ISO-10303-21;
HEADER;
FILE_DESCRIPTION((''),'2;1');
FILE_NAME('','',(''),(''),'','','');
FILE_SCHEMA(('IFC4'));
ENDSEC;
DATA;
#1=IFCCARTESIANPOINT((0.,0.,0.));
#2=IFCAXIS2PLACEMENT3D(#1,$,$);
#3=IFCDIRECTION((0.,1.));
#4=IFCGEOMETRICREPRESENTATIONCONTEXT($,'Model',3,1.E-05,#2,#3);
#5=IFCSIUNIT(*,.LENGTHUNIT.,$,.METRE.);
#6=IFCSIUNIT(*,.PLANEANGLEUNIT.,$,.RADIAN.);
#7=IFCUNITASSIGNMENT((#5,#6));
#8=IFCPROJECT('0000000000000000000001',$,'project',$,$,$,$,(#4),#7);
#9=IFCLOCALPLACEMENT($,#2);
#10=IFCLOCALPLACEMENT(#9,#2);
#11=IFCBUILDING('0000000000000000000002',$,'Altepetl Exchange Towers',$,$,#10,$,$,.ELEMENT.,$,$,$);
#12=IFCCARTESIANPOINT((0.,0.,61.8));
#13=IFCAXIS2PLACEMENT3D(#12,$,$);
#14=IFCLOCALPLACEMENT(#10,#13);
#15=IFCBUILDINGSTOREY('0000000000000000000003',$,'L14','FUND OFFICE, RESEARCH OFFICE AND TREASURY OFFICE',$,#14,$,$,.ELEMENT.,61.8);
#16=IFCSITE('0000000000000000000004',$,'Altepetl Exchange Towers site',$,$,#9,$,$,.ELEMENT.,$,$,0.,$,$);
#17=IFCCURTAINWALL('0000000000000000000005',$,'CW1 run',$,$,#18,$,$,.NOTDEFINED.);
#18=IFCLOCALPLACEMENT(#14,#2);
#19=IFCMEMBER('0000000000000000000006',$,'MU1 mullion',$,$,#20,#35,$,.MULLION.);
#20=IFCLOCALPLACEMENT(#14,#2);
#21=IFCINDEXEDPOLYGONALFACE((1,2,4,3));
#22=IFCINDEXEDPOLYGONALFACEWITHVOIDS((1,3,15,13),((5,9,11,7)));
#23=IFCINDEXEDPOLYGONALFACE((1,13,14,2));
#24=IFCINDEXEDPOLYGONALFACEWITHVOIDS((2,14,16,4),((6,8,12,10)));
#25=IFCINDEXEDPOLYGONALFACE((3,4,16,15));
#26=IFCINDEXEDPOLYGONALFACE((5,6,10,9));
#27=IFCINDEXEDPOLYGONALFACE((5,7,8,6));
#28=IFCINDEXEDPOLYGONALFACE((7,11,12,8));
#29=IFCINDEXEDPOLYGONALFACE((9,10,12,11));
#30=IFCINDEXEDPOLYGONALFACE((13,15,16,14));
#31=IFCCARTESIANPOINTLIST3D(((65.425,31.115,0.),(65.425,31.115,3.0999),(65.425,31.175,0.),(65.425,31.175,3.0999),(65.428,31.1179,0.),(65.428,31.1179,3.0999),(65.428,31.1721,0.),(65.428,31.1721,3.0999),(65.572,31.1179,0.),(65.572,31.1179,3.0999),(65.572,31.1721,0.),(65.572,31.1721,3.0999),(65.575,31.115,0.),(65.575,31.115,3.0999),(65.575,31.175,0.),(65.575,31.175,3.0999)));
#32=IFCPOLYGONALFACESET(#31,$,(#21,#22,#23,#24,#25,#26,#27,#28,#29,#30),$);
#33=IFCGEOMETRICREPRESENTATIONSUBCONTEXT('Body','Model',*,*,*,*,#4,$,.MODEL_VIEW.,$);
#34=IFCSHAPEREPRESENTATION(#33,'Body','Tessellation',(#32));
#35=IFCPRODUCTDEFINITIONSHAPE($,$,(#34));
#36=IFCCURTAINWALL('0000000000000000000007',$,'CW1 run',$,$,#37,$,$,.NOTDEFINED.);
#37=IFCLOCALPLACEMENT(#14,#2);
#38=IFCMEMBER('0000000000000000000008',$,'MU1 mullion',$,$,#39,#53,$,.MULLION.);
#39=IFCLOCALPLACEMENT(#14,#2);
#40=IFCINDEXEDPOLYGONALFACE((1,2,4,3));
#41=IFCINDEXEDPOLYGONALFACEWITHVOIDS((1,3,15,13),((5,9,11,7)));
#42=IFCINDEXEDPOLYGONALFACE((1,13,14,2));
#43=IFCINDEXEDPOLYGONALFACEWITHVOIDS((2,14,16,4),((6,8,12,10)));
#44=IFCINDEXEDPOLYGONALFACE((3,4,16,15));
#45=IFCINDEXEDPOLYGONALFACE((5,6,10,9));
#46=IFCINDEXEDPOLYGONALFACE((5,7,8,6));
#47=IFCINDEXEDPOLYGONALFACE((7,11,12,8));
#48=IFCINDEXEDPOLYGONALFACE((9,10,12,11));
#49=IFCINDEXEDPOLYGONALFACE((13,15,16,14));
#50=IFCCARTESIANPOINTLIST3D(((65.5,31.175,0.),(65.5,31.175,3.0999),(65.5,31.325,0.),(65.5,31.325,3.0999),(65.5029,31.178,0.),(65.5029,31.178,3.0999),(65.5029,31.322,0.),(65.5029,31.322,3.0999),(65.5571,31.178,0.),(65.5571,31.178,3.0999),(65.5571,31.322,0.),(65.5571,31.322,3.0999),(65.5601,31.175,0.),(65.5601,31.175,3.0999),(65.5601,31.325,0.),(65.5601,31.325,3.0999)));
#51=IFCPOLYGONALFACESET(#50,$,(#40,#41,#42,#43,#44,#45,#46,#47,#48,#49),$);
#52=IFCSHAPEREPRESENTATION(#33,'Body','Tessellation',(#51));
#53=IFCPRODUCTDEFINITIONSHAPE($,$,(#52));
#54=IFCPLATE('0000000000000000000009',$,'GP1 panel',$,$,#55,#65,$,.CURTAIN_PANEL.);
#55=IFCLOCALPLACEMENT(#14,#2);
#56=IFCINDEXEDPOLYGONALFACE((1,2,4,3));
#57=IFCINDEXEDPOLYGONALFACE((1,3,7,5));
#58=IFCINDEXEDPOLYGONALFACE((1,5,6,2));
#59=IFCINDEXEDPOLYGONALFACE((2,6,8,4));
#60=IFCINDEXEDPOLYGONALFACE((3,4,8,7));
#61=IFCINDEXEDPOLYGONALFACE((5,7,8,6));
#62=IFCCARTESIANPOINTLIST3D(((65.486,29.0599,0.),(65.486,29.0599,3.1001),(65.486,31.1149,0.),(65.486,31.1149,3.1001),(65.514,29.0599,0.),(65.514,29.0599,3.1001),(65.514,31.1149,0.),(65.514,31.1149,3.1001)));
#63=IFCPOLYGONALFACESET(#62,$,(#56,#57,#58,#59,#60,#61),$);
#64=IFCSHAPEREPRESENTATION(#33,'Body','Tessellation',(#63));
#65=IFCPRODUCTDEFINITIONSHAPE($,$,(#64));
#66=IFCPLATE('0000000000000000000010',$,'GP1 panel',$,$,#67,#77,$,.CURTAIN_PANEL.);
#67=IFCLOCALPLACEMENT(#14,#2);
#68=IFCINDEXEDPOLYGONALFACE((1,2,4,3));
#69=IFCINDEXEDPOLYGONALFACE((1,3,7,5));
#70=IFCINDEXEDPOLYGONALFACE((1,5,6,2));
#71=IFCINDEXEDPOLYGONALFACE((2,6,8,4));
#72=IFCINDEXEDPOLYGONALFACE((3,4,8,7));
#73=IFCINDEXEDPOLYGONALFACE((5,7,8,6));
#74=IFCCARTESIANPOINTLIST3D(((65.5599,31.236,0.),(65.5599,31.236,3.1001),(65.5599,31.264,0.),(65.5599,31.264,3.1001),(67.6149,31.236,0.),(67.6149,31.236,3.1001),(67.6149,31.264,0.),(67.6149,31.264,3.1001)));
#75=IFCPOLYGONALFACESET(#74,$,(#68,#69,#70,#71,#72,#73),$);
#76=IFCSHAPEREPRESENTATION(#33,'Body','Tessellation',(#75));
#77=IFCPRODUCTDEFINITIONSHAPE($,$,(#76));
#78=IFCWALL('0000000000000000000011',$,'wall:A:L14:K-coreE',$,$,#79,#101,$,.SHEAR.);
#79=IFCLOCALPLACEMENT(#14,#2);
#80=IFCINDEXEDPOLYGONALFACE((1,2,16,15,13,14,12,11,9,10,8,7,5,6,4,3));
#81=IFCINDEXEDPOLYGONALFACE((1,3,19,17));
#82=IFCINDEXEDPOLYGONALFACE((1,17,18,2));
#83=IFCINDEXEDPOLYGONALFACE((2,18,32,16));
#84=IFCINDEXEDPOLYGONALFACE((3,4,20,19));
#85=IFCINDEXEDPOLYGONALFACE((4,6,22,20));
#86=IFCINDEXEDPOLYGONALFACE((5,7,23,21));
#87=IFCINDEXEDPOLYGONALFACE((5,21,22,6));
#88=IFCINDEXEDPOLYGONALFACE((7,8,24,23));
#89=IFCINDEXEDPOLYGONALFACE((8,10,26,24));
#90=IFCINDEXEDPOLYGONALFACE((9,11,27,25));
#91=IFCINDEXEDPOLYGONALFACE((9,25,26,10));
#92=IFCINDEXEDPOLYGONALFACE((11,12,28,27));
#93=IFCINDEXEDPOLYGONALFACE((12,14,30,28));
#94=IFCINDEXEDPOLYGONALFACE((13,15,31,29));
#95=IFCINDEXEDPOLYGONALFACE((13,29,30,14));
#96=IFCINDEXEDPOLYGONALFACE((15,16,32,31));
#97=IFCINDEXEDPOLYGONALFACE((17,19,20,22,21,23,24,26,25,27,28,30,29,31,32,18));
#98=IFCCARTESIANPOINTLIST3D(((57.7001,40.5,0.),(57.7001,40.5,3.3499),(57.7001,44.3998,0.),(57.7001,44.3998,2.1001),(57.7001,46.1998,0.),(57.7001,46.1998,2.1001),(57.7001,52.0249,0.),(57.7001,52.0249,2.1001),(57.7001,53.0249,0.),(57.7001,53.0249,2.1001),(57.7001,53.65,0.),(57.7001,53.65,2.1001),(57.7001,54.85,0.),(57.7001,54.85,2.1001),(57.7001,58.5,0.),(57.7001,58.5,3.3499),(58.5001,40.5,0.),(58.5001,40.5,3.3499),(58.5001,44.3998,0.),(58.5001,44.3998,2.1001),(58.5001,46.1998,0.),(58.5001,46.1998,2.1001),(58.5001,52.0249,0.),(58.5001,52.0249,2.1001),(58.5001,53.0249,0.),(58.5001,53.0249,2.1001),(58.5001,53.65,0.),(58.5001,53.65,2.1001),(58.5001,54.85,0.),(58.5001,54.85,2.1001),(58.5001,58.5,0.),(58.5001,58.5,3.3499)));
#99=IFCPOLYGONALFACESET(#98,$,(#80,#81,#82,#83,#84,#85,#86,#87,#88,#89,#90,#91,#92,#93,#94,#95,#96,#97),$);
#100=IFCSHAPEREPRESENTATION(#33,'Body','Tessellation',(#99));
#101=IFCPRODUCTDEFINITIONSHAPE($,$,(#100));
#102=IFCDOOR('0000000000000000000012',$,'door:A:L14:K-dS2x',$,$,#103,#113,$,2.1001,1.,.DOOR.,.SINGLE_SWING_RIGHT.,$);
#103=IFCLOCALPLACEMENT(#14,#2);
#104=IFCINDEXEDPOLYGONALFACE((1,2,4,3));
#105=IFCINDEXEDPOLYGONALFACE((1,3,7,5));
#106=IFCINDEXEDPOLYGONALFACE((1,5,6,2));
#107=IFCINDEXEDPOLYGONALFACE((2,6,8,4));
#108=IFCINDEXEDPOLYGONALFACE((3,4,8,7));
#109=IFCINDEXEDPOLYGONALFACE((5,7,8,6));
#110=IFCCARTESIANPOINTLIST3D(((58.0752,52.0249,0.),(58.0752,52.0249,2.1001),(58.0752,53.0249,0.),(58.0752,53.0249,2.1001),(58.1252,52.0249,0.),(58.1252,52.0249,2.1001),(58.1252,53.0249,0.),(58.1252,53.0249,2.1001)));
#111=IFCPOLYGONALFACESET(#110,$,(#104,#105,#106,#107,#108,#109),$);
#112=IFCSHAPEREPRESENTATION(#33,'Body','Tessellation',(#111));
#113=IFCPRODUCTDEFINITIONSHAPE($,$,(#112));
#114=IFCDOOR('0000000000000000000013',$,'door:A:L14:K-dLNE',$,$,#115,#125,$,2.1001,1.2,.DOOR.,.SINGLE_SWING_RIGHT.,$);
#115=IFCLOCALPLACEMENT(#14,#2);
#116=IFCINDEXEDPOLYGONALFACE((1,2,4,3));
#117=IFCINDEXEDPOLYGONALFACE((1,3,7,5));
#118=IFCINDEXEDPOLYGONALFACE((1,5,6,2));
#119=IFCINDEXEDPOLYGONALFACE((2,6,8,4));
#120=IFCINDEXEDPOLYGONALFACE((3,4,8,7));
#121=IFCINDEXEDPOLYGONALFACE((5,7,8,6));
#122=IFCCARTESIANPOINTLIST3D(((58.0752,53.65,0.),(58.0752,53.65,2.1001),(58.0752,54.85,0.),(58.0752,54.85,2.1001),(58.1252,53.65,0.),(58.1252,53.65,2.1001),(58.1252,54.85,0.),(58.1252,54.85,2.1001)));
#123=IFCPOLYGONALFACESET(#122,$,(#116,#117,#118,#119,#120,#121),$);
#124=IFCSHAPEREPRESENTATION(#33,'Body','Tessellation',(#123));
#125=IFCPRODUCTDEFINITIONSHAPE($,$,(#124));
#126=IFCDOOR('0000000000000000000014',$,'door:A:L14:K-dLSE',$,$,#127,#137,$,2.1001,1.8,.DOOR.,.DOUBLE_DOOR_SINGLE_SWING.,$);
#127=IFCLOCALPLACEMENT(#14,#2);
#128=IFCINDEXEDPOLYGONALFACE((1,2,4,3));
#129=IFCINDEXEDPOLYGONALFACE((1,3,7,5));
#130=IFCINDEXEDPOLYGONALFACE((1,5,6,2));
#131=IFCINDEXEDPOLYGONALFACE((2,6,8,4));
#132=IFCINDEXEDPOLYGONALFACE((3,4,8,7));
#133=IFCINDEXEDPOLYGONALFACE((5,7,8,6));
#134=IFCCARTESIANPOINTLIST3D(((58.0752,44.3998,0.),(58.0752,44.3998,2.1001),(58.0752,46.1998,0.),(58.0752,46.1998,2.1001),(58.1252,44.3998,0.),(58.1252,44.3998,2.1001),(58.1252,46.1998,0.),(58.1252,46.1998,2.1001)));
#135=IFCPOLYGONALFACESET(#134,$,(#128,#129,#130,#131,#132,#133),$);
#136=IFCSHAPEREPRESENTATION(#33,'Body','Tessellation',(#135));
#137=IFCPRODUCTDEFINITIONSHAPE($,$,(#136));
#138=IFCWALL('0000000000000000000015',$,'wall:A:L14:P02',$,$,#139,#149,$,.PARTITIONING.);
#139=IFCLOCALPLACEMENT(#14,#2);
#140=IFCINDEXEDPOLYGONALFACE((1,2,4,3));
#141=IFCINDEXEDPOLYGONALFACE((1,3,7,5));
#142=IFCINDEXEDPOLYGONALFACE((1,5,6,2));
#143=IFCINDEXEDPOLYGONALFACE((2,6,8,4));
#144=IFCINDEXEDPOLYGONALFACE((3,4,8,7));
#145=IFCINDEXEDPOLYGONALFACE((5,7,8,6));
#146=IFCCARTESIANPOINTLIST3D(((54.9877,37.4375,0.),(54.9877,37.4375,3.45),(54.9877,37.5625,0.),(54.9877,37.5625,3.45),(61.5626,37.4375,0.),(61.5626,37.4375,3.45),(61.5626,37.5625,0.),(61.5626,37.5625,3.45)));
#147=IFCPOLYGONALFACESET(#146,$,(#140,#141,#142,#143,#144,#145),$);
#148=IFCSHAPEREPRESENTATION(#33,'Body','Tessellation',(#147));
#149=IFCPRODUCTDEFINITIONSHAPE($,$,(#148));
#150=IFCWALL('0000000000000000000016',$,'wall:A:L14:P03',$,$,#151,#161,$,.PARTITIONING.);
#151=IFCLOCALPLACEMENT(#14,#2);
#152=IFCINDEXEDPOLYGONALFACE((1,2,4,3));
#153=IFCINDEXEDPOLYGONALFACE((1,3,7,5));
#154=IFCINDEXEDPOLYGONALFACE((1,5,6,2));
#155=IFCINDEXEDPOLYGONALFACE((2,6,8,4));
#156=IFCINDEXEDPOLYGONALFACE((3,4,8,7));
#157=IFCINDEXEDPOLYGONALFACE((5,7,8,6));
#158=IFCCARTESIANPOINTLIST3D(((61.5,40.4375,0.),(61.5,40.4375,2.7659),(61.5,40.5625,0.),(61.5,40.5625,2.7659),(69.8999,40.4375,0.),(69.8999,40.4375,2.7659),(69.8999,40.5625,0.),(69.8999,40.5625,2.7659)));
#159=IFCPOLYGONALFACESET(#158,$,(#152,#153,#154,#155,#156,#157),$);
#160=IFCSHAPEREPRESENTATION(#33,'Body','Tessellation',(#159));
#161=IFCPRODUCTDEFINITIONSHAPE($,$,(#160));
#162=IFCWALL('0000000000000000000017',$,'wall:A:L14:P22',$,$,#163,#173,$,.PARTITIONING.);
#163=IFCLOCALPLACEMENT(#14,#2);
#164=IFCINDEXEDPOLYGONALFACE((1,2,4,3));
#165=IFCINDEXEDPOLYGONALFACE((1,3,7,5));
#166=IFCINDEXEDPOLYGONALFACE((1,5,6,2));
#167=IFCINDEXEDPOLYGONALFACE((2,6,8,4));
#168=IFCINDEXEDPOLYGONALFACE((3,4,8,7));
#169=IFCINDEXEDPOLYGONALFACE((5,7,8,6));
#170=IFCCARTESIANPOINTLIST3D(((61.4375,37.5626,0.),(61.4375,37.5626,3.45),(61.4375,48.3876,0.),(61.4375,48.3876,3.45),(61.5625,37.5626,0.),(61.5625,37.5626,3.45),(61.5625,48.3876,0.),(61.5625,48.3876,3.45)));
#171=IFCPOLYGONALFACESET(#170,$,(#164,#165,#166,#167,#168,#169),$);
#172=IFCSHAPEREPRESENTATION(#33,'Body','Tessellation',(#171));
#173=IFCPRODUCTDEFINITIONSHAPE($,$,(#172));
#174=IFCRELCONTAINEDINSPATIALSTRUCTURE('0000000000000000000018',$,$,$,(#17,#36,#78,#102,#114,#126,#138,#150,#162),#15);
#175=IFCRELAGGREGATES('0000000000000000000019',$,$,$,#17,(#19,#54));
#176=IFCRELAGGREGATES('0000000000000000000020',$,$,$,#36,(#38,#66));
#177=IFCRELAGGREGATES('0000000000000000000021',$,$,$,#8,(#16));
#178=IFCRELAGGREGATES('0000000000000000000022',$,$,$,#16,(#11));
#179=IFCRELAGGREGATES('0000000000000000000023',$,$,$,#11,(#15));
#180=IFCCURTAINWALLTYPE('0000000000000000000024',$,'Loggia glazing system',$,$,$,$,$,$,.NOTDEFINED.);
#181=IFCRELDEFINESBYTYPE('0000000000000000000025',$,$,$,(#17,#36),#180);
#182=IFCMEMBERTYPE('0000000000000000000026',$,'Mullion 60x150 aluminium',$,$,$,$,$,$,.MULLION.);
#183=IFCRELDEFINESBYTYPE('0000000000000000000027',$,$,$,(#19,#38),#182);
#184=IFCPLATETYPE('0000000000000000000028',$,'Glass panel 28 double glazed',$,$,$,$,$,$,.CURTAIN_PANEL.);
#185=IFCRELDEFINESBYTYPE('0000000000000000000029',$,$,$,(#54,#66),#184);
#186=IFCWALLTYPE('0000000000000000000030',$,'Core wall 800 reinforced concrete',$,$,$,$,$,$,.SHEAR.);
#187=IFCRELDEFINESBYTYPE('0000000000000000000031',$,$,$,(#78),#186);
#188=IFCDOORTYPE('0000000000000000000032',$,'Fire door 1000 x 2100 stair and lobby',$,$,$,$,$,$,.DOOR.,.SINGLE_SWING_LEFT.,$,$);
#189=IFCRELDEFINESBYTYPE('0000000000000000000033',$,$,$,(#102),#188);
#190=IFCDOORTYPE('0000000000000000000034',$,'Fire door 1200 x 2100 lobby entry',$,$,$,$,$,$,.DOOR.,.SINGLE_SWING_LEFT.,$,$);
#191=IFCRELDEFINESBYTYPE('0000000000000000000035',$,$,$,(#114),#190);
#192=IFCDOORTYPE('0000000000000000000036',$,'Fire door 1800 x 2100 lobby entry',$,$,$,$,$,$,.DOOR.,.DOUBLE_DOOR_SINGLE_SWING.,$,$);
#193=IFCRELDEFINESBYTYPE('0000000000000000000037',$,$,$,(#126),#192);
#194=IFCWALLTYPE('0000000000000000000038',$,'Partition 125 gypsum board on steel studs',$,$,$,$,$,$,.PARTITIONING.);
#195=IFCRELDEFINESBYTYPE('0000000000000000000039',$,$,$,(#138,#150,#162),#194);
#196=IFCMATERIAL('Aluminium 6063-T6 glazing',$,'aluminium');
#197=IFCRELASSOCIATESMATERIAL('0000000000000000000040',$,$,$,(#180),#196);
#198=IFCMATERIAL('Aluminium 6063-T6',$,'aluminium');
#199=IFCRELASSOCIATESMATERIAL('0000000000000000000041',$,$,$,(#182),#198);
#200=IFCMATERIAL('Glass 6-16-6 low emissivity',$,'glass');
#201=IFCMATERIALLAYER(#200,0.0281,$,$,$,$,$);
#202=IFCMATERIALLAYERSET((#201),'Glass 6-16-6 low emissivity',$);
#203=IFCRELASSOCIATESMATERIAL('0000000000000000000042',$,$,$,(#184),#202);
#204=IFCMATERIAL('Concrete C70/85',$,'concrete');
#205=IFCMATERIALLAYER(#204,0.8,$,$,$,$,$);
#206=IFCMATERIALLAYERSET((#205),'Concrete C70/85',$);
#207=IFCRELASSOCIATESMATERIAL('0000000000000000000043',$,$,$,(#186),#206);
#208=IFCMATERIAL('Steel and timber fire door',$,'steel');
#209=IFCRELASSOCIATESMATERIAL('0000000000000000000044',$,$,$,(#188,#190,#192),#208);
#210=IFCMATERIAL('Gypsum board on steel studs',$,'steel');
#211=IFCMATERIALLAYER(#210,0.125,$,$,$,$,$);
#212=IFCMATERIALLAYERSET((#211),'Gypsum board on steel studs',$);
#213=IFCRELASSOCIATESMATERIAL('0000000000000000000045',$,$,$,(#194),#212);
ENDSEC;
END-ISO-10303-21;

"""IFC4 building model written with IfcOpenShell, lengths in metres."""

from ifc_helpers import new_model, si_unit, direction, frame, frame_2d, origin, origin_2d, place, context, subcontext, project, spatial, rectangle, hollow_rectangle, extrude, material, layer, layer_set, material_profile, profile_set, type_object, element, fill, aggregate, save


model = new_model("IFC4")

# Units and contexts
model_context = context("Model", 3, precision=1e-05, world=origin(), true_north=direction((0.0, 1.0)))
body_context = subcontext(model_context, "Body", "Model", "MODEL_VIEW")
ifc_project = project(units=[si_unit("LENGTHUNIT", "METRE"), si_unit("PLANEANGLEUNIT", "RADIAN")], contexts=[model_context])

# Site, building, storey
site_placement = place(None, origin())
site = spatial("IfcSite", under=ifc_project, at=site_placement, Name="Altepetl Exchange Towers site", CompositionType="ELEMENT", RefElevation=0.0)
building_placement = place(site_placement, origin())
building = spatial("IfcBuilding", under=site, at=building_placement, Name="Altepetl Exchange Towers", CompositionType="ELEMENT")
storey_placement = place(building_placement, frame((0.0, 0.0, 61.8)))
storey = spatial("IfcBuildingStorey", under=building, at=storey_placement, Name="L14", Description="FUND OFFICE, RESEARCH OFFICE AND TREASURY OFFICE", CompositionType="ELEMENT", Elevation=61.8)

# Shared definitions
ifc_material_1 = material(Name="Concrete C70/85", Category="concrete")

# Curtain walls, members
ifc_material_2 = material(Name="Aluminium 6063-T6 glazing", Category="aluminium")
curtain_wall_type = type_object("IfcCurtainWallType", Name="Loggia glazing system", PredefinedType="NOTDEFINED", material=ifc_material_2)
curtain_wall_1_placement = place(storey_placement, origin())
curtain_wall_1 = element("IfcCurtainWall", 1, at=curtain_wall_1_placement, inside=storey, type_object=curtain_wall_type, Name="CW1 run", PredefinedType="NOTDEFINED")
ifc_material_3 = material(Name="Aluminium 6063-T6", Category="aluminium")
ifc_material_profile_1 = material_profile(ifc_material_3, hollow_rectangle(XDim=0.0601, YDim=0.1499, WallThickness=0.0029, at=origin_2d()), Name="Mullion 60x150 aluminium")
ifc_profile_set_1 = profile_set([ifc_material_profile_1], Name="Aluminium 6063-T6")
member_type = type_object("IfcMemberType", Name="Mullion 60x150 aluminium", PredefinedType="MULLION", material=ifc_profile_set_1)
member_1_placement = place(storey_placement, frame((65.5, 31.145, 0.0), z_axis=(0.0, 0.0, 1.0), x_axis=(0.0, 1.0, 0.0)))
member_1 = element("IfcMember", 2, at=member_1_placement, type_object=member_type, Name="MU1 mullion", PredefinedType="MULLION", context=body_context, shape_type="SweptSolid", body=[
    extrude(hollow_rectangle(XDim=0.0601, YDim=0.1499, WallThickness=0.0029, at=origin_2d()), origin(), (0.0, 0.0, 1.0), 3.0999),
])
curtain_wall_2_placement = place(storey_placement, origin())
curtain_wall_2 = element("IfcCurtainWall", 3, at=curtain_wall_2_placement, inside=storey, type_object=curtain_wall_type, Name="CW1 run", PredefinedType="NOTDEFINED")
member_2_placement = place(storey_placement, frame((65.53, 31.25, 0.0)))
member_2 = element("IfcMember", 4, at=member_2_placement, type_object=member_type, Name="MU1 mullion", PredefinedType="MULLION", context=body_context, shape_type="SweptSolid", body=[
    extrude(hollow_rectangle(XDim=0.0601, YDim=0.1499, WallThickness=0.0029, at=origin_2d()), origin(), (0.0, 0.0, 1.0), 3.0999),
])

# Plates
ifc_material_4 = material(Name="Glass 6-16-6 low emissivity", Category="glass")
ifc_layer_1 = layer(ifc_material_4, 0.0281)
ifc_layer_set_1 = layer_set([ifc_layer_1], Name="Glass 6-16-6 low emissivity")
plate_type = type_object("IfcPlateType", Name="Glass panel 28 double glazed", PredefinedType="CURTAIN_PANEL", material=ifc_layer_set_1)
plate_1_placement = place(storey_placement, frame((65.5, 30.0874, 0.0), z_axis=(0.0, 0.0, 1.0), x_axis=(0.0, 1.0, 0.0)))
plate_1 = element("IfcPlate", 5, at=plate_1_placement, type_object=plate_type, Name="GP1 panel", PredefinedType="CURTAIN_PANEL", context=body_context, shape_type="SweptSolid", body=[
    extrude(rectangle(XDim=2.0549, YDim=0.0281, at=origin_2d()), origin(), (0.0, 0.0, 1.0), 3.1001),
])
aggregate(curtain_wall_1, [member_1, plate_1])
plate_2_placement = place(storey_placement, frame((66.5874, 31.25, 0.0)))
plate_2 = element("IfcPlate", 6, at=plate_2_placement, type_object=plate_type, Name="GP1 panel", PredefinedType="CURTAIN_PANEL", context=body_context, shape_type="SweptSolid", body=[
    extrude(rectangle(XDim=2.0549, YDim=0.0281, at=origin_2d()), origin(), (0.0, 0.0, 1.0), 3.1001),
])
aggregate(curtain_wall_2, [member_2, plate_2])

# Wall, openings, doors
ifc_layer_2 = layer(ifc_material_1, 0.8)
ifc_layer_set_2 = layer_set([ifc_layer_2], Name="Concrete C70/85")
wall_type_1 = type_object("IfcWallType", Name="Core wall 800 reinforced concrete", PredefinedType="SHEAR", material=ifc_layer_set_2)
wall_1_placement = place(storey_placement, frame((58.1001, 40.5, 0.0), z_axis=(0.0, 0.0, 1.0), x_axis=(0.0, 1.0, 0.0)))
wall_1 = element("IfcWall", 7, at=wall_1_placement, inside=storey, type_object=wall_type_1, Name="wall:A:L14:K-coreE", PredefinedType="SHEAR", context=body_context, shape_type="SweptSolid", body=[
    extrude(rectangle(XDim=18.0, YDim=0.8, at=frame_2d((9.0, 0.0))), origin(), (0.0, 0.0, 1.0), 3.3499),
])
opening_1_placement = place(wall_1_placement, frame((13.1499, 0.0, 0.0)))
opening_1 = element("IfcOpeningElement", 8, at=opening_1_placement, cuts=wall_1, PredefinedType="OPENING", context=body_context, shape_type="SweptSolid", body=[
    extrude(rectangle(XDim=1.2, YDim=2.1001, at=frame_2d((0.6001, 1.05))), frame((0.0, 0.4102, 0.0), z_axis=(0.0, -1.0, 0.0), x_axis=(1.0, 0.0, 0.0)), (0.0, 0.0, 1.0), 0.8201),
])
opening_2_placement = place(wall_1_placement, frame((3.8999, 0.0, 0.0)))
opening_2 = element("IfcOpeningElement", 9, at=opening_2_placement, cuts=wall_1, PredefinedType="OPENING", context=body_context, shape_type="SweptSolid", body=[
    extrude(rectangle(XDim=1.8, YDim=2.1001, at=frame_2d((0.8999, 1.05))), frame((0.0, 0.4102, 0.0), z_axis=(0.0, -1.0, 0.0), x_axis=(1.0, 0.0, 0.0)), (0.0, 0.0, 1.0), 0.8201),
])
opening_3_placement = place(wall_1_placement, frame((11.5249, 0.0, 0.0)))
opening_3 = element("IfcOpeningElement", 10, at=opening_3_placement, cuts=wall_1, PredefinedType="OPENING", context=body_context, shape_type="SweptSolid", body=[
    extrude(rectangle(XDim=1.0, YDim=2.1001, at=frame_2d((0.5, 1.05))), frame((0.0, 0.4102, 0.0), z_axis=(0.0, -1.0, 0.0), x_axis=(1.0, 0.0, 0.0)), (0.0, 0.0, 1.0), 0.8201),
])
ifc_material_5 = material(Name="Steel and timber fire door", Category="steel")
door_type_1 = type_object("IfcDoorType", Name="Fire door 1000 x 2100 stair and lobby", OperationType="SINGLE_SWING_LEFT", PredefinedType="DOOR", material=ifc_material_5)
door_1_placement = place(opening_3_placement, origin())
door_1 = element("IfcDoor", 11, at=door_1_placement, inside=storey, type_object=door_type_1, Name="door:A:L14:K-dS2x", OperationType="SINGLE_SWING_RIGHT", OverallHeight=2.1001, OverallWidth=1.0, PredefinedType="DOOR", context=body_context, shape_type="SweptSolid", body=[
    extrude(rectangle(XDim=1.0, YDim=2.1001, at=frame_2d((0.5, 1.05))), frame((0.0, 0.0249, 0.0), z_axis=(0.0, -1.0, 0.0), x_axis=(1.0, 0.0, 0.0)), (0.0, 0.0, 1.0), 0.05),
])
fill(opening_3, door_1)
door_type_2 = type_object("IfcDoorType", Name="Fire door 1200 x 2100 lobby entry", OperationType="SINGLE_SWING_LEFT", PredefinedType="DOOR", material=ifc_material_5)
door_2_placement = place(opening_1_placement, origin())
door_2 = element("IfcDoor", 12, at=door_2_placement, inside=storey, type_object=door_type_2, Name="door:A:L14:K-dLNE", OperationType="SINGLE_SWING_RIGHT", OverallHeight=2.1001, OverallWidth=1.2, PredefinedType="DOOR", context=body_context, shape_type="SweptSolid", body=[
    extrude(rectangle(XDim=1.2, YDim=2.1001, at=frame_2d((0.6001, 1.05))), frame((0.0, 0.0249, 0.0), z_axis=(0.0, -1.0, 0.0), x_axis=(1.0, 0.0, 0.0)), (0.0, 0.0, 1.0), 0.05),
])
fill(opening_1, door_2)
door_type_3 = type_object("IfcDoorType", Name="Fire door 1800 x 2100 lobby entry", OperationType="DOUBLE_DOOR_SINGLE_SWING", PredefinedType="DOOR", material=ifc_material_5)
door_3_placement = place(opening_2_placement, origin())
door_3 = element("IfcDoor", 13, at=door_3_placement, inside=storey, type_object=door_type_3, Name="door:A:L14:K-dLSE", OperationType="DOUBLE_DOOR_SINGLE_SWING", OverallHeight=2.1001, OverallWidth=1.8, PredefinedType="DOOR", context=body_context, shape_type="SweptSolid", body=[
    extrude(rectangle(XDim=1.8, YDim=2.1001, at=frame_2d((0.8999, 1.05))), frame((0.0, 0.0249, 0.0), z_axis=(0.0, -1.0, 0.0), x_axis=(1.0, 0.0, 0.0)), (0.0, 0.0, 1.0), 0.05),
])
fill(opening_2, door_3)

# Walls
ifc_material_6 = material(Name="Gypsum board on steel studs", Category="steel")
ifc_layer_3 = layer(ifc_material_6, 0.125)
ifc_layer_set_3 = layer_set([ifc_layer_3], Name="Gypsum board on steel studs")
wall_type_2 = type_object("IfcWallType", Name="Partition 125 gypsum board on steel studs", PredefinedType="PARTITIONING", material=ifc_layer_set_3)
wall_2_placement = place(storey_placement, frame((54.9875, 37.5, 0.0)))
element("IfcWall", 14, at=wall_2_placement, inside=storey, type_object=wall_type_2, Name="wall:A:L14:P02", PredefinedType="PARTITIONING", context=body_context, shape_type="SweptSolid", body=[
    extrude(rectangle(XDim=6.575, YDim=0.125, at=frame_2d((3.2876, 0.0))), origin(), (0.0, 0.0, 1.0), 3.45),
])
wall_3_placement = place(storey_placement, frame((61.5, 40.5, 0.0)))
element("IfcWall", 15, at=wall_3_placement, inside=storey, type_object=wall_type_2, Name="wall:A:L14:P03", PredefinedType="PARTITIONING", context=body_context, shape_type="SweptSolid", body=[
    extrude(rectangle(XDim=8.3999, YDim=0.125, at=frame_2d((4.2, 0.0))), origin(), (0.0, 0.0, 1.0), 2.7659),
])
wall_4_placement = place(storey_placement, frame((61.5, 37.5625, 0.0), z_axis=(0.0, 0.0, 1.0), x_axis=(0.0, 1.0, 0.0)))
element("IfcWall", 16, at=wall_4_placement, inside=storey, type_object=wall_type_2, Name="wall:A:L14:P22", PredefinedType="PARTITIONING", context=body_context, shape_type="SweptSolid", body=[
    extrude(rectangle(XDim=10.825, YDim=0.125, at=frame_2d((5.4126, 0.0))), origin(), (0.0, 0.0, 1.0), 3.45),
])

save(model, "model.ifc")
